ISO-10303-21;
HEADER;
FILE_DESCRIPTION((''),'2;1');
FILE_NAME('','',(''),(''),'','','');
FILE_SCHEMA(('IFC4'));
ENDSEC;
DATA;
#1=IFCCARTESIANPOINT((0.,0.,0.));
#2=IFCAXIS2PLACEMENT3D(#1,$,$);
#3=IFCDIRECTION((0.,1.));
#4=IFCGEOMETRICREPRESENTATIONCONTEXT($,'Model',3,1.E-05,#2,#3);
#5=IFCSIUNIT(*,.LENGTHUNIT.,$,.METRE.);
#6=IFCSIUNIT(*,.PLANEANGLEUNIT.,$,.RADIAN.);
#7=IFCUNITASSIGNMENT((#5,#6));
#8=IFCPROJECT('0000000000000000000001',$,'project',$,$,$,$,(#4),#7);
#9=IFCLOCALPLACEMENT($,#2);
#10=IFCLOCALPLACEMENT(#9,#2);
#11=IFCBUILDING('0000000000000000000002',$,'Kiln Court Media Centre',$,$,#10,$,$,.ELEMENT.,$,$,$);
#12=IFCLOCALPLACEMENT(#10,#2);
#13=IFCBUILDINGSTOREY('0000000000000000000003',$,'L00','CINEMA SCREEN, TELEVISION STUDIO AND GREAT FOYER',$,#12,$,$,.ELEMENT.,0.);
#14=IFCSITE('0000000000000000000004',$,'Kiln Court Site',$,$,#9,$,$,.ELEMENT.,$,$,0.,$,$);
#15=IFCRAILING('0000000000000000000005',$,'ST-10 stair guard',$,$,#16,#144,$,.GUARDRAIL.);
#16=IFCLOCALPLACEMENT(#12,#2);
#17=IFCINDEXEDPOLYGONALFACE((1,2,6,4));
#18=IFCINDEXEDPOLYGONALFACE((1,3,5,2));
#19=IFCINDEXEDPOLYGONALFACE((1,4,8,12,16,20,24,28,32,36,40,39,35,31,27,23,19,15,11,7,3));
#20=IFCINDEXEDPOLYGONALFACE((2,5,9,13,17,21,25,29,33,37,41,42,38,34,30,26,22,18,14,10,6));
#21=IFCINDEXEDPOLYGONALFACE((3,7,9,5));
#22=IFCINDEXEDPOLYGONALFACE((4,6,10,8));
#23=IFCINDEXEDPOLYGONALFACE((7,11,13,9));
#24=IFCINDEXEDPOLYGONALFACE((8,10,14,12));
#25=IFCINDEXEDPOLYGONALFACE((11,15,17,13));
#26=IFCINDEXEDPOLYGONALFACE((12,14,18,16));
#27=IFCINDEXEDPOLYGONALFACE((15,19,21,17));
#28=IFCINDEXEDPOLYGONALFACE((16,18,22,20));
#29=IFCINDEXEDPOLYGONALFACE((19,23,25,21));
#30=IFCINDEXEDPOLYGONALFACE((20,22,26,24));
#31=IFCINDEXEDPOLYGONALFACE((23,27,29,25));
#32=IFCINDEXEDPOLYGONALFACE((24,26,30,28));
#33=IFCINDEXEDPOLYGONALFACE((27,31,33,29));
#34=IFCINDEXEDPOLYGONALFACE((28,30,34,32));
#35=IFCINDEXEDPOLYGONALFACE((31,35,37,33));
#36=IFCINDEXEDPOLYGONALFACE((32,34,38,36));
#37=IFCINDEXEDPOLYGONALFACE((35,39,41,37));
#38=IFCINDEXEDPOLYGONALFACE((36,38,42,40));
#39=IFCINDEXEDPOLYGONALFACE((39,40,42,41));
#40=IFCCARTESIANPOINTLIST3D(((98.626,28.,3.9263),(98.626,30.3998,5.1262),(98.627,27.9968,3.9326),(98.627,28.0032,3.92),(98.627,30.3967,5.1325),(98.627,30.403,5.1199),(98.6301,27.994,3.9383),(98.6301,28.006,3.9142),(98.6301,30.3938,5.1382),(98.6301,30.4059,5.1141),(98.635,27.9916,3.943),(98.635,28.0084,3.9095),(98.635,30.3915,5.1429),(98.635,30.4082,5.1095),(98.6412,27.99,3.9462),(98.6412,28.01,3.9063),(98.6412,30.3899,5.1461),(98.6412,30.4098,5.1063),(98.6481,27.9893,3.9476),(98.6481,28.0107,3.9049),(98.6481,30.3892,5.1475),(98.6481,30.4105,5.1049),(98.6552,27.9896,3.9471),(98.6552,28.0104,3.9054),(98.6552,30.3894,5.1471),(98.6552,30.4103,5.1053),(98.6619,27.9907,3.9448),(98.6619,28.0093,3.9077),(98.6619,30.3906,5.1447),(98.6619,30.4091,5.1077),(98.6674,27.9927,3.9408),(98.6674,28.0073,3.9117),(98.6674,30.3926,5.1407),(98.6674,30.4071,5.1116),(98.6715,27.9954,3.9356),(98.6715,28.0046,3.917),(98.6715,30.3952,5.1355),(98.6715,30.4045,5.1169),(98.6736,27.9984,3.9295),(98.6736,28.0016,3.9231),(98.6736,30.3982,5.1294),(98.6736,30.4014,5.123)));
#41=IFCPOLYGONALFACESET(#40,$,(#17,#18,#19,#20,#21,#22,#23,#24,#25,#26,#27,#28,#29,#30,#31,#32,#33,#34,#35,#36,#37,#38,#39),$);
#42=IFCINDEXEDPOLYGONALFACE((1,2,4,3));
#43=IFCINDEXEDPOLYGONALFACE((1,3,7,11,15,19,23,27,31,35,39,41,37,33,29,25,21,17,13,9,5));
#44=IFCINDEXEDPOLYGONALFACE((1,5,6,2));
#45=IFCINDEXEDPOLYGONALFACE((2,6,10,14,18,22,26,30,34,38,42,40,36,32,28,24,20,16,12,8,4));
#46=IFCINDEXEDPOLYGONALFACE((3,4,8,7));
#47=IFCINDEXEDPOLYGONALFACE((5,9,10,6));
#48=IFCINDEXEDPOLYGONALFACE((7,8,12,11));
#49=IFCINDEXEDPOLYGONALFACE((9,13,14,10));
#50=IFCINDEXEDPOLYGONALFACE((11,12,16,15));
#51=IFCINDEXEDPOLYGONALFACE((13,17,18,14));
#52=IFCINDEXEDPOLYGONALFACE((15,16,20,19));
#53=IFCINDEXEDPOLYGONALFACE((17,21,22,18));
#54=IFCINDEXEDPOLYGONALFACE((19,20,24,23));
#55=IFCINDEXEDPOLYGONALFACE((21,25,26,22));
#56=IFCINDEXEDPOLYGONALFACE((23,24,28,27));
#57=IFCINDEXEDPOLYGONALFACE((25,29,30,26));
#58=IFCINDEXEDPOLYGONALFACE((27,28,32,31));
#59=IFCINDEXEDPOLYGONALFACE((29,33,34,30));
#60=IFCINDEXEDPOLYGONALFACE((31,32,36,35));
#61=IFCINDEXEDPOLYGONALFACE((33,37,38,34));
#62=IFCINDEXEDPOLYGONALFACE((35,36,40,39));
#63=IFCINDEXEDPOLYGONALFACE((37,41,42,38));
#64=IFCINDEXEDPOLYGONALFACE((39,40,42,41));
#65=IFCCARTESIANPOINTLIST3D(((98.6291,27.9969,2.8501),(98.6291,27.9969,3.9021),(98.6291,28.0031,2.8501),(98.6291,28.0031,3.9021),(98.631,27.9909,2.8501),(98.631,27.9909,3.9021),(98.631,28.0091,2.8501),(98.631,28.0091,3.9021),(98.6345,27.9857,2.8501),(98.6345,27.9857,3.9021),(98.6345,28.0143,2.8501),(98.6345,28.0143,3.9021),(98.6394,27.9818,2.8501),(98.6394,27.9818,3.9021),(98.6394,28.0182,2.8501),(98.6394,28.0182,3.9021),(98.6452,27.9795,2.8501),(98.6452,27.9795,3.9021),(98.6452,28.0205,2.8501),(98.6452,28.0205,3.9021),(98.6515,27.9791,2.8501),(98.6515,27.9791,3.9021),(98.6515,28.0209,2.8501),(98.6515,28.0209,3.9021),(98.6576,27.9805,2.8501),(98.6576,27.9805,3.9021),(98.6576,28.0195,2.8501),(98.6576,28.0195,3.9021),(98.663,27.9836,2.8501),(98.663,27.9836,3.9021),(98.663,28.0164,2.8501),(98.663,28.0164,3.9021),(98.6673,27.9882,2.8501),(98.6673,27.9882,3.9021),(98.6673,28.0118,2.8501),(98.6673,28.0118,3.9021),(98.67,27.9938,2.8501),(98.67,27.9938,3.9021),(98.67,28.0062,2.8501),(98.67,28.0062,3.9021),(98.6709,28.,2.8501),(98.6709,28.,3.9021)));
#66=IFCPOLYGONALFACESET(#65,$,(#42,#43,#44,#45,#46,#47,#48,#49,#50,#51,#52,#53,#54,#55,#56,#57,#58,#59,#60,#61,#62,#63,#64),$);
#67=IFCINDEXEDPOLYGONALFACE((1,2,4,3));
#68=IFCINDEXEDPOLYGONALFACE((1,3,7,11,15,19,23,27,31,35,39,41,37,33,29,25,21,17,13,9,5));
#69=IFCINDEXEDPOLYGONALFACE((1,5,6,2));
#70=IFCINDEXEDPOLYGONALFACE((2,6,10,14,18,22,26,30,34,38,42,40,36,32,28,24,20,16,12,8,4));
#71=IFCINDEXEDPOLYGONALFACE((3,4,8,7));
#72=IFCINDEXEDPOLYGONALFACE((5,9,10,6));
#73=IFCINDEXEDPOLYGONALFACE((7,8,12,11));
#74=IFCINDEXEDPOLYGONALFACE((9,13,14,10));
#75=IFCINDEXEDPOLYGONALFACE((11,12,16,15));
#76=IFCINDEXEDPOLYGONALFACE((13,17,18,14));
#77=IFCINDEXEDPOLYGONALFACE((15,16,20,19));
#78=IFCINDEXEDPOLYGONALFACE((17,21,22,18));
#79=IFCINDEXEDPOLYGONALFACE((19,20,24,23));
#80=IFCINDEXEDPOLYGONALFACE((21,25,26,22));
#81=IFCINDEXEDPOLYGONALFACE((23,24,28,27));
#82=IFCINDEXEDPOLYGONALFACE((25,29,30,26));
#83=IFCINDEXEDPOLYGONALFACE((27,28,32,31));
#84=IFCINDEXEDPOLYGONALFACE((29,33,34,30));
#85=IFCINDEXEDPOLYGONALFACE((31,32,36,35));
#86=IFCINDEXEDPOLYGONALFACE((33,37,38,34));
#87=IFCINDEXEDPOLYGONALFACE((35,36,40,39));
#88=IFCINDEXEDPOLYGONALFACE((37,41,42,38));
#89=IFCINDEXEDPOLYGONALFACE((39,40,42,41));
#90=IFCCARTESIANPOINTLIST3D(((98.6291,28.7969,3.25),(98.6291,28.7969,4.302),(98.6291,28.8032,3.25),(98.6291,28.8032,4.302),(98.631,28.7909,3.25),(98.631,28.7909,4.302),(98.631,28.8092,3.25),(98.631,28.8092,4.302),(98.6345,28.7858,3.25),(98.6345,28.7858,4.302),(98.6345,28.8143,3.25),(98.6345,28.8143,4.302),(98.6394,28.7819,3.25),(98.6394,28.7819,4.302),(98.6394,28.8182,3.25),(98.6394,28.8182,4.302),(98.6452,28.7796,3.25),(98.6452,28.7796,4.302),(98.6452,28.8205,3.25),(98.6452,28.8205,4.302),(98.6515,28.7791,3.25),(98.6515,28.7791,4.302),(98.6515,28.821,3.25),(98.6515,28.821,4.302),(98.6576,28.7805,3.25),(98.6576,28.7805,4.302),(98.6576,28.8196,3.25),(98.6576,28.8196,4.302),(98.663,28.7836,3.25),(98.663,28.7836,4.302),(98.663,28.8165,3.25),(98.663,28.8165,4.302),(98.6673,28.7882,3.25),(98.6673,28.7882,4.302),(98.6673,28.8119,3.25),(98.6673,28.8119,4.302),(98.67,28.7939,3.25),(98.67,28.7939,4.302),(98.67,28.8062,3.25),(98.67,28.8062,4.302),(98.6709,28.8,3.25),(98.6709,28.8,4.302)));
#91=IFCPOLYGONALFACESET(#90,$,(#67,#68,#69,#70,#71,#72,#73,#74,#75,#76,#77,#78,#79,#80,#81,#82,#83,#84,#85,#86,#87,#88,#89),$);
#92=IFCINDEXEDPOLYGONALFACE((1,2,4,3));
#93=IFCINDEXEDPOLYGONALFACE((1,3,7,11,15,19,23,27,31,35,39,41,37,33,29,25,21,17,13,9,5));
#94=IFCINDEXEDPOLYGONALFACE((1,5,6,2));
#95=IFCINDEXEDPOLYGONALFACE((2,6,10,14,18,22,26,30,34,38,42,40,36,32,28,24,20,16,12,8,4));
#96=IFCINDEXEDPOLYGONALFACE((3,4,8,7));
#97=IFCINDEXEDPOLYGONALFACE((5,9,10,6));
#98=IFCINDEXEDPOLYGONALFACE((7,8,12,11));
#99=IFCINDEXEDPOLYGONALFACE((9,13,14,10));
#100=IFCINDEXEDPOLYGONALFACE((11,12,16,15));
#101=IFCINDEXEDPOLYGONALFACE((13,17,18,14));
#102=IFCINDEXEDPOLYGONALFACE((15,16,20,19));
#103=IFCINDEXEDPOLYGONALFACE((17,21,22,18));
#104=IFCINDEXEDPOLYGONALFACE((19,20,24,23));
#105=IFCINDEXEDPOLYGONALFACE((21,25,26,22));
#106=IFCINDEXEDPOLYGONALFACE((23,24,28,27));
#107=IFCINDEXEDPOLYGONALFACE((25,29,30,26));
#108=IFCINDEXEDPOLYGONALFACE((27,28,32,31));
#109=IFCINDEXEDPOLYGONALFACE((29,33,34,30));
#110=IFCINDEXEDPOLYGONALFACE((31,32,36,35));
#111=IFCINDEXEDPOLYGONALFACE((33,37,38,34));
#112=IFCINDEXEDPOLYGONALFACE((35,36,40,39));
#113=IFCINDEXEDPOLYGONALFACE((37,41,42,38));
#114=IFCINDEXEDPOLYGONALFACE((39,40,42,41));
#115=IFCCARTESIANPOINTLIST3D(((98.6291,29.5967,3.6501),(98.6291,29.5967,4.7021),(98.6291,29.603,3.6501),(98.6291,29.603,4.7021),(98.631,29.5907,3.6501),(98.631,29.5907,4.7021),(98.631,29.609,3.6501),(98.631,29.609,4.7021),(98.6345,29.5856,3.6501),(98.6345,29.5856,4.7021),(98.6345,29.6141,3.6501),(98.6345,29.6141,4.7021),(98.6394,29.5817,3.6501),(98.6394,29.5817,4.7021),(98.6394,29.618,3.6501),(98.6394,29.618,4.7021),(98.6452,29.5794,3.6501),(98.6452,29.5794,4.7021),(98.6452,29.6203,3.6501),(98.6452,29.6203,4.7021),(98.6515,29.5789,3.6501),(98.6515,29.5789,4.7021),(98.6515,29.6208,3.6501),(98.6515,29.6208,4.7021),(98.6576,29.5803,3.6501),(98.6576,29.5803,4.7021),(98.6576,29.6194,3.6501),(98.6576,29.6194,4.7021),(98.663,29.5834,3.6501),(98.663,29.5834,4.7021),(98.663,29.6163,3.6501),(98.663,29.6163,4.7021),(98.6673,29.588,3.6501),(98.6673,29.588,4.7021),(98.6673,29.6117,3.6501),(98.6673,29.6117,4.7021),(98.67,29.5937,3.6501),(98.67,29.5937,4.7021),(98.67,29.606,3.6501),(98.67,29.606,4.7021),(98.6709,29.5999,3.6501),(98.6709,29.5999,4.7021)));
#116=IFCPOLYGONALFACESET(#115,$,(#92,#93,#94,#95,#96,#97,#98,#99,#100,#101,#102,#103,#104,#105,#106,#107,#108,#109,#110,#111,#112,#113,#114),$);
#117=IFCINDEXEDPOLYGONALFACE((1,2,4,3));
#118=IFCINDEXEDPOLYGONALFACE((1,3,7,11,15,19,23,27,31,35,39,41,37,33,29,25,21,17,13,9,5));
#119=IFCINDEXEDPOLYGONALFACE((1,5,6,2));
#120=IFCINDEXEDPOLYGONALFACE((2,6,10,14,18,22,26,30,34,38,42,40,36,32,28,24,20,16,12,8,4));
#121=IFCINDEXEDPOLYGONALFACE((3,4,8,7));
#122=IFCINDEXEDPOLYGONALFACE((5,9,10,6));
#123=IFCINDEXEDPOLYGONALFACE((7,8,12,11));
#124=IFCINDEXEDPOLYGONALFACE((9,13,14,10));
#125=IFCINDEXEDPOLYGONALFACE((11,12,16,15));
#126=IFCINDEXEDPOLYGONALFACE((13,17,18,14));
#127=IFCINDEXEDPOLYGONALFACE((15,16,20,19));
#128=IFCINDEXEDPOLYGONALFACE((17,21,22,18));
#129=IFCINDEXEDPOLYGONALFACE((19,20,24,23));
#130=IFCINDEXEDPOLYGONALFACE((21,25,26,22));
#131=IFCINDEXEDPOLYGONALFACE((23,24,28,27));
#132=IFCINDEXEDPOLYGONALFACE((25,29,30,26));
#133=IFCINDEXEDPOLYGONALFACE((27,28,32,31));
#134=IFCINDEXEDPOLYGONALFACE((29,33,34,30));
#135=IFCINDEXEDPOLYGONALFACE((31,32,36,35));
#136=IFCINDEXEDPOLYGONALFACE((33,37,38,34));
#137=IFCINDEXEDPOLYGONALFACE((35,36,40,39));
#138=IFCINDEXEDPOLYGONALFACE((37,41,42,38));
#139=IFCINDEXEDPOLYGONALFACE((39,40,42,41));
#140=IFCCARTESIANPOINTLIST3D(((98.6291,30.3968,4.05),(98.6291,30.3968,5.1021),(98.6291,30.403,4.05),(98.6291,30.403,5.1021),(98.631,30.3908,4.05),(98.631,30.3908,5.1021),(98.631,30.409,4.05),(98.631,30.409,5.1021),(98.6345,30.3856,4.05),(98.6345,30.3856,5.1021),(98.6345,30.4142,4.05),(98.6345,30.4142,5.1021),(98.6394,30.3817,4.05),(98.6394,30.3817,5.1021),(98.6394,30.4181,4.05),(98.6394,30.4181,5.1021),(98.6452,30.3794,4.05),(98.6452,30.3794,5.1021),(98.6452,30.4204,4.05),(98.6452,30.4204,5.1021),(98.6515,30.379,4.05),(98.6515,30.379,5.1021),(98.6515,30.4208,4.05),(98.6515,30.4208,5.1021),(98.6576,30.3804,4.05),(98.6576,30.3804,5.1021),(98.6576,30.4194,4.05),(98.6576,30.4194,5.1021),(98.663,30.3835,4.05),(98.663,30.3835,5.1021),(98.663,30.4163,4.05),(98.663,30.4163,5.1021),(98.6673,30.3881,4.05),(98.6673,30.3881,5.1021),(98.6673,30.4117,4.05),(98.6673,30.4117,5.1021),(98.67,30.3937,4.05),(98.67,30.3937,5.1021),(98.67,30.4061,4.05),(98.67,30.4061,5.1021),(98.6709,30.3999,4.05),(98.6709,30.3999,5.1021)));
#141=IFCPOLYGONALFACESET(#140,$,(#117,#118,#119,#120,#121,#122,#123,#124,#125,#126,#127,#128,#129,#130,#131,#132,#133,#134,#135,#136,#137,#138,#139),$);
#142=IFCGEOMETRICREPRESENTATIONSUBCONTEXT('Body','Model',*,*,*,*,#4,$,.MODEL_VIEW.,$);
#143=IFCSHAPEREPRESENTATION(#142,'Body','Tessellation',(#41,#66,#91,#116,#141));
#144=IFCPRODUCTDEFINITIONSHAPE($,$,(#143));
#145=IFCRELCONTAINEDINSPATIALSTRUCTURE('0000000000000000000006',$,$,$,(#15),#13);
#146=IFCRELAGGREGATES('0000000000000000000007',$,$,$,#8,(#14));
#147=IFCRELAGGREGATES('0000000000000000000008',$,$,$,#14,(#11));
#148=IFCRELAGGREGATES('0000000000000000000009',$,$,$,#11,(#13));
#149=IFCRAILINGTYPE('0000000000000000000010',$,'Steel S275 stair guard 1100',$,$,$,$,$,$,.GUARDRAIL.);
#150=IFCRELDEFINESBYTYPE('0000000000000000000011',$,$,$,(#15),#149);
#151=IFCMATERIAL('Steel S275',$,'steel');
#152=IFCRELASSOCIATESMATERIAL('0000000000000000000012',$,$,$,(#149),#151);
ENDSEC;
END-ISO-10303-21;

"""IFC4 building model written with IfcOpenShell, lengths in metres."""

from ifc_helpers import new_model, si_unit, direction, frame, origin, origin_2d, place, context, subcontext, project, spatial, circle, extrude, material, type_object, element, save


model = new_model("IFC4")

# Units and contexts
model_context = context("Model", 3, precision=1e-05, world=origin(), true_north=direction((0.0, 1.0)))
body_context = subcontext(model_context, "Body", "Model", "MODEL_VIEW")
ifc_project = project(units=[si_unit("LENGTHUNIT", "METRE"), si_unit("PLANEANGLEUNIT", "RADIAN")], contexts=[model_context])

# Site, building, storey
site_placement = place(None, origin())
site = spatial("IfcSite", under=ifc_project, at=site_placement, Name="Kiln Court Site", CompositionType="ELEMENT", RefElevation=0.0)
building_placement = place(site_placement, origin())
building = spatial("IfcBuilding", under=site, at=building_placement, Name="Kiln Court Media Centre", CompositionType="ELEMENT")
storey_placement = place(building_placement, origin())
storey = spatial("IfcBuildingStorey", under=building, at=storey_placement, Name="L00", Description="CINEMA SCREEN, TELEVISION STUDIO AND GREAT FOYER", CompositionType="ELEMENT", Elevation=0.0)

# Railing
ifc_material_1 = material(Name="Steel S275", Category="steel")
railing_type_1 = type_object("IfcRailingType", Name="Steel S275 stair guard 1100", PredefinedType="GUARDRAIL", material=ifc_material_1)
railing_1_placement = place(storey_placement, frame((98.6499, 28.0, 2.8501)))
element("IfcRailing", 1, at=railing_1_placement, inside=storey, type_object=railing_type_1, Name="ST-10 stair guard", PredefinedType="GUARDRAIL", context=body_context, shape_type="SweptSolid", body=[
    extrude(circle(Radius=0.0239, at=origin_2d()), frame((0.0, 0.0, 1.0762), z_axis=(0.0, 0.894427, 0.447214), x_axis=(-1.0, 0.0, 0.0)), (0.0, 0.0, 1.0), 2.6831),
    extrude(circle(Radius=0.021, at=origin_2d()), origin(), (0.0, 0.0, 1.0), 1.052),
    extrude(circle(Radius=0.021, at=origin_2d()), frame((0.0, 0.8, 0.3999)), (0.0, 0.0, 1.0), 1.052),
    extrude(circle(Radius=0.021, at=origin_2d()), frame((0.0, 1.5999, 0.8)), (0.0, 0.0, 1.0), 1.052),
    extrude(circle(Radius=0.021, at=origin_2d()), frame((0.0, 2.3999, 1.2)), (0.0, 0.0, 1.0), 1.052),
])

save(model, "model.ifc")
